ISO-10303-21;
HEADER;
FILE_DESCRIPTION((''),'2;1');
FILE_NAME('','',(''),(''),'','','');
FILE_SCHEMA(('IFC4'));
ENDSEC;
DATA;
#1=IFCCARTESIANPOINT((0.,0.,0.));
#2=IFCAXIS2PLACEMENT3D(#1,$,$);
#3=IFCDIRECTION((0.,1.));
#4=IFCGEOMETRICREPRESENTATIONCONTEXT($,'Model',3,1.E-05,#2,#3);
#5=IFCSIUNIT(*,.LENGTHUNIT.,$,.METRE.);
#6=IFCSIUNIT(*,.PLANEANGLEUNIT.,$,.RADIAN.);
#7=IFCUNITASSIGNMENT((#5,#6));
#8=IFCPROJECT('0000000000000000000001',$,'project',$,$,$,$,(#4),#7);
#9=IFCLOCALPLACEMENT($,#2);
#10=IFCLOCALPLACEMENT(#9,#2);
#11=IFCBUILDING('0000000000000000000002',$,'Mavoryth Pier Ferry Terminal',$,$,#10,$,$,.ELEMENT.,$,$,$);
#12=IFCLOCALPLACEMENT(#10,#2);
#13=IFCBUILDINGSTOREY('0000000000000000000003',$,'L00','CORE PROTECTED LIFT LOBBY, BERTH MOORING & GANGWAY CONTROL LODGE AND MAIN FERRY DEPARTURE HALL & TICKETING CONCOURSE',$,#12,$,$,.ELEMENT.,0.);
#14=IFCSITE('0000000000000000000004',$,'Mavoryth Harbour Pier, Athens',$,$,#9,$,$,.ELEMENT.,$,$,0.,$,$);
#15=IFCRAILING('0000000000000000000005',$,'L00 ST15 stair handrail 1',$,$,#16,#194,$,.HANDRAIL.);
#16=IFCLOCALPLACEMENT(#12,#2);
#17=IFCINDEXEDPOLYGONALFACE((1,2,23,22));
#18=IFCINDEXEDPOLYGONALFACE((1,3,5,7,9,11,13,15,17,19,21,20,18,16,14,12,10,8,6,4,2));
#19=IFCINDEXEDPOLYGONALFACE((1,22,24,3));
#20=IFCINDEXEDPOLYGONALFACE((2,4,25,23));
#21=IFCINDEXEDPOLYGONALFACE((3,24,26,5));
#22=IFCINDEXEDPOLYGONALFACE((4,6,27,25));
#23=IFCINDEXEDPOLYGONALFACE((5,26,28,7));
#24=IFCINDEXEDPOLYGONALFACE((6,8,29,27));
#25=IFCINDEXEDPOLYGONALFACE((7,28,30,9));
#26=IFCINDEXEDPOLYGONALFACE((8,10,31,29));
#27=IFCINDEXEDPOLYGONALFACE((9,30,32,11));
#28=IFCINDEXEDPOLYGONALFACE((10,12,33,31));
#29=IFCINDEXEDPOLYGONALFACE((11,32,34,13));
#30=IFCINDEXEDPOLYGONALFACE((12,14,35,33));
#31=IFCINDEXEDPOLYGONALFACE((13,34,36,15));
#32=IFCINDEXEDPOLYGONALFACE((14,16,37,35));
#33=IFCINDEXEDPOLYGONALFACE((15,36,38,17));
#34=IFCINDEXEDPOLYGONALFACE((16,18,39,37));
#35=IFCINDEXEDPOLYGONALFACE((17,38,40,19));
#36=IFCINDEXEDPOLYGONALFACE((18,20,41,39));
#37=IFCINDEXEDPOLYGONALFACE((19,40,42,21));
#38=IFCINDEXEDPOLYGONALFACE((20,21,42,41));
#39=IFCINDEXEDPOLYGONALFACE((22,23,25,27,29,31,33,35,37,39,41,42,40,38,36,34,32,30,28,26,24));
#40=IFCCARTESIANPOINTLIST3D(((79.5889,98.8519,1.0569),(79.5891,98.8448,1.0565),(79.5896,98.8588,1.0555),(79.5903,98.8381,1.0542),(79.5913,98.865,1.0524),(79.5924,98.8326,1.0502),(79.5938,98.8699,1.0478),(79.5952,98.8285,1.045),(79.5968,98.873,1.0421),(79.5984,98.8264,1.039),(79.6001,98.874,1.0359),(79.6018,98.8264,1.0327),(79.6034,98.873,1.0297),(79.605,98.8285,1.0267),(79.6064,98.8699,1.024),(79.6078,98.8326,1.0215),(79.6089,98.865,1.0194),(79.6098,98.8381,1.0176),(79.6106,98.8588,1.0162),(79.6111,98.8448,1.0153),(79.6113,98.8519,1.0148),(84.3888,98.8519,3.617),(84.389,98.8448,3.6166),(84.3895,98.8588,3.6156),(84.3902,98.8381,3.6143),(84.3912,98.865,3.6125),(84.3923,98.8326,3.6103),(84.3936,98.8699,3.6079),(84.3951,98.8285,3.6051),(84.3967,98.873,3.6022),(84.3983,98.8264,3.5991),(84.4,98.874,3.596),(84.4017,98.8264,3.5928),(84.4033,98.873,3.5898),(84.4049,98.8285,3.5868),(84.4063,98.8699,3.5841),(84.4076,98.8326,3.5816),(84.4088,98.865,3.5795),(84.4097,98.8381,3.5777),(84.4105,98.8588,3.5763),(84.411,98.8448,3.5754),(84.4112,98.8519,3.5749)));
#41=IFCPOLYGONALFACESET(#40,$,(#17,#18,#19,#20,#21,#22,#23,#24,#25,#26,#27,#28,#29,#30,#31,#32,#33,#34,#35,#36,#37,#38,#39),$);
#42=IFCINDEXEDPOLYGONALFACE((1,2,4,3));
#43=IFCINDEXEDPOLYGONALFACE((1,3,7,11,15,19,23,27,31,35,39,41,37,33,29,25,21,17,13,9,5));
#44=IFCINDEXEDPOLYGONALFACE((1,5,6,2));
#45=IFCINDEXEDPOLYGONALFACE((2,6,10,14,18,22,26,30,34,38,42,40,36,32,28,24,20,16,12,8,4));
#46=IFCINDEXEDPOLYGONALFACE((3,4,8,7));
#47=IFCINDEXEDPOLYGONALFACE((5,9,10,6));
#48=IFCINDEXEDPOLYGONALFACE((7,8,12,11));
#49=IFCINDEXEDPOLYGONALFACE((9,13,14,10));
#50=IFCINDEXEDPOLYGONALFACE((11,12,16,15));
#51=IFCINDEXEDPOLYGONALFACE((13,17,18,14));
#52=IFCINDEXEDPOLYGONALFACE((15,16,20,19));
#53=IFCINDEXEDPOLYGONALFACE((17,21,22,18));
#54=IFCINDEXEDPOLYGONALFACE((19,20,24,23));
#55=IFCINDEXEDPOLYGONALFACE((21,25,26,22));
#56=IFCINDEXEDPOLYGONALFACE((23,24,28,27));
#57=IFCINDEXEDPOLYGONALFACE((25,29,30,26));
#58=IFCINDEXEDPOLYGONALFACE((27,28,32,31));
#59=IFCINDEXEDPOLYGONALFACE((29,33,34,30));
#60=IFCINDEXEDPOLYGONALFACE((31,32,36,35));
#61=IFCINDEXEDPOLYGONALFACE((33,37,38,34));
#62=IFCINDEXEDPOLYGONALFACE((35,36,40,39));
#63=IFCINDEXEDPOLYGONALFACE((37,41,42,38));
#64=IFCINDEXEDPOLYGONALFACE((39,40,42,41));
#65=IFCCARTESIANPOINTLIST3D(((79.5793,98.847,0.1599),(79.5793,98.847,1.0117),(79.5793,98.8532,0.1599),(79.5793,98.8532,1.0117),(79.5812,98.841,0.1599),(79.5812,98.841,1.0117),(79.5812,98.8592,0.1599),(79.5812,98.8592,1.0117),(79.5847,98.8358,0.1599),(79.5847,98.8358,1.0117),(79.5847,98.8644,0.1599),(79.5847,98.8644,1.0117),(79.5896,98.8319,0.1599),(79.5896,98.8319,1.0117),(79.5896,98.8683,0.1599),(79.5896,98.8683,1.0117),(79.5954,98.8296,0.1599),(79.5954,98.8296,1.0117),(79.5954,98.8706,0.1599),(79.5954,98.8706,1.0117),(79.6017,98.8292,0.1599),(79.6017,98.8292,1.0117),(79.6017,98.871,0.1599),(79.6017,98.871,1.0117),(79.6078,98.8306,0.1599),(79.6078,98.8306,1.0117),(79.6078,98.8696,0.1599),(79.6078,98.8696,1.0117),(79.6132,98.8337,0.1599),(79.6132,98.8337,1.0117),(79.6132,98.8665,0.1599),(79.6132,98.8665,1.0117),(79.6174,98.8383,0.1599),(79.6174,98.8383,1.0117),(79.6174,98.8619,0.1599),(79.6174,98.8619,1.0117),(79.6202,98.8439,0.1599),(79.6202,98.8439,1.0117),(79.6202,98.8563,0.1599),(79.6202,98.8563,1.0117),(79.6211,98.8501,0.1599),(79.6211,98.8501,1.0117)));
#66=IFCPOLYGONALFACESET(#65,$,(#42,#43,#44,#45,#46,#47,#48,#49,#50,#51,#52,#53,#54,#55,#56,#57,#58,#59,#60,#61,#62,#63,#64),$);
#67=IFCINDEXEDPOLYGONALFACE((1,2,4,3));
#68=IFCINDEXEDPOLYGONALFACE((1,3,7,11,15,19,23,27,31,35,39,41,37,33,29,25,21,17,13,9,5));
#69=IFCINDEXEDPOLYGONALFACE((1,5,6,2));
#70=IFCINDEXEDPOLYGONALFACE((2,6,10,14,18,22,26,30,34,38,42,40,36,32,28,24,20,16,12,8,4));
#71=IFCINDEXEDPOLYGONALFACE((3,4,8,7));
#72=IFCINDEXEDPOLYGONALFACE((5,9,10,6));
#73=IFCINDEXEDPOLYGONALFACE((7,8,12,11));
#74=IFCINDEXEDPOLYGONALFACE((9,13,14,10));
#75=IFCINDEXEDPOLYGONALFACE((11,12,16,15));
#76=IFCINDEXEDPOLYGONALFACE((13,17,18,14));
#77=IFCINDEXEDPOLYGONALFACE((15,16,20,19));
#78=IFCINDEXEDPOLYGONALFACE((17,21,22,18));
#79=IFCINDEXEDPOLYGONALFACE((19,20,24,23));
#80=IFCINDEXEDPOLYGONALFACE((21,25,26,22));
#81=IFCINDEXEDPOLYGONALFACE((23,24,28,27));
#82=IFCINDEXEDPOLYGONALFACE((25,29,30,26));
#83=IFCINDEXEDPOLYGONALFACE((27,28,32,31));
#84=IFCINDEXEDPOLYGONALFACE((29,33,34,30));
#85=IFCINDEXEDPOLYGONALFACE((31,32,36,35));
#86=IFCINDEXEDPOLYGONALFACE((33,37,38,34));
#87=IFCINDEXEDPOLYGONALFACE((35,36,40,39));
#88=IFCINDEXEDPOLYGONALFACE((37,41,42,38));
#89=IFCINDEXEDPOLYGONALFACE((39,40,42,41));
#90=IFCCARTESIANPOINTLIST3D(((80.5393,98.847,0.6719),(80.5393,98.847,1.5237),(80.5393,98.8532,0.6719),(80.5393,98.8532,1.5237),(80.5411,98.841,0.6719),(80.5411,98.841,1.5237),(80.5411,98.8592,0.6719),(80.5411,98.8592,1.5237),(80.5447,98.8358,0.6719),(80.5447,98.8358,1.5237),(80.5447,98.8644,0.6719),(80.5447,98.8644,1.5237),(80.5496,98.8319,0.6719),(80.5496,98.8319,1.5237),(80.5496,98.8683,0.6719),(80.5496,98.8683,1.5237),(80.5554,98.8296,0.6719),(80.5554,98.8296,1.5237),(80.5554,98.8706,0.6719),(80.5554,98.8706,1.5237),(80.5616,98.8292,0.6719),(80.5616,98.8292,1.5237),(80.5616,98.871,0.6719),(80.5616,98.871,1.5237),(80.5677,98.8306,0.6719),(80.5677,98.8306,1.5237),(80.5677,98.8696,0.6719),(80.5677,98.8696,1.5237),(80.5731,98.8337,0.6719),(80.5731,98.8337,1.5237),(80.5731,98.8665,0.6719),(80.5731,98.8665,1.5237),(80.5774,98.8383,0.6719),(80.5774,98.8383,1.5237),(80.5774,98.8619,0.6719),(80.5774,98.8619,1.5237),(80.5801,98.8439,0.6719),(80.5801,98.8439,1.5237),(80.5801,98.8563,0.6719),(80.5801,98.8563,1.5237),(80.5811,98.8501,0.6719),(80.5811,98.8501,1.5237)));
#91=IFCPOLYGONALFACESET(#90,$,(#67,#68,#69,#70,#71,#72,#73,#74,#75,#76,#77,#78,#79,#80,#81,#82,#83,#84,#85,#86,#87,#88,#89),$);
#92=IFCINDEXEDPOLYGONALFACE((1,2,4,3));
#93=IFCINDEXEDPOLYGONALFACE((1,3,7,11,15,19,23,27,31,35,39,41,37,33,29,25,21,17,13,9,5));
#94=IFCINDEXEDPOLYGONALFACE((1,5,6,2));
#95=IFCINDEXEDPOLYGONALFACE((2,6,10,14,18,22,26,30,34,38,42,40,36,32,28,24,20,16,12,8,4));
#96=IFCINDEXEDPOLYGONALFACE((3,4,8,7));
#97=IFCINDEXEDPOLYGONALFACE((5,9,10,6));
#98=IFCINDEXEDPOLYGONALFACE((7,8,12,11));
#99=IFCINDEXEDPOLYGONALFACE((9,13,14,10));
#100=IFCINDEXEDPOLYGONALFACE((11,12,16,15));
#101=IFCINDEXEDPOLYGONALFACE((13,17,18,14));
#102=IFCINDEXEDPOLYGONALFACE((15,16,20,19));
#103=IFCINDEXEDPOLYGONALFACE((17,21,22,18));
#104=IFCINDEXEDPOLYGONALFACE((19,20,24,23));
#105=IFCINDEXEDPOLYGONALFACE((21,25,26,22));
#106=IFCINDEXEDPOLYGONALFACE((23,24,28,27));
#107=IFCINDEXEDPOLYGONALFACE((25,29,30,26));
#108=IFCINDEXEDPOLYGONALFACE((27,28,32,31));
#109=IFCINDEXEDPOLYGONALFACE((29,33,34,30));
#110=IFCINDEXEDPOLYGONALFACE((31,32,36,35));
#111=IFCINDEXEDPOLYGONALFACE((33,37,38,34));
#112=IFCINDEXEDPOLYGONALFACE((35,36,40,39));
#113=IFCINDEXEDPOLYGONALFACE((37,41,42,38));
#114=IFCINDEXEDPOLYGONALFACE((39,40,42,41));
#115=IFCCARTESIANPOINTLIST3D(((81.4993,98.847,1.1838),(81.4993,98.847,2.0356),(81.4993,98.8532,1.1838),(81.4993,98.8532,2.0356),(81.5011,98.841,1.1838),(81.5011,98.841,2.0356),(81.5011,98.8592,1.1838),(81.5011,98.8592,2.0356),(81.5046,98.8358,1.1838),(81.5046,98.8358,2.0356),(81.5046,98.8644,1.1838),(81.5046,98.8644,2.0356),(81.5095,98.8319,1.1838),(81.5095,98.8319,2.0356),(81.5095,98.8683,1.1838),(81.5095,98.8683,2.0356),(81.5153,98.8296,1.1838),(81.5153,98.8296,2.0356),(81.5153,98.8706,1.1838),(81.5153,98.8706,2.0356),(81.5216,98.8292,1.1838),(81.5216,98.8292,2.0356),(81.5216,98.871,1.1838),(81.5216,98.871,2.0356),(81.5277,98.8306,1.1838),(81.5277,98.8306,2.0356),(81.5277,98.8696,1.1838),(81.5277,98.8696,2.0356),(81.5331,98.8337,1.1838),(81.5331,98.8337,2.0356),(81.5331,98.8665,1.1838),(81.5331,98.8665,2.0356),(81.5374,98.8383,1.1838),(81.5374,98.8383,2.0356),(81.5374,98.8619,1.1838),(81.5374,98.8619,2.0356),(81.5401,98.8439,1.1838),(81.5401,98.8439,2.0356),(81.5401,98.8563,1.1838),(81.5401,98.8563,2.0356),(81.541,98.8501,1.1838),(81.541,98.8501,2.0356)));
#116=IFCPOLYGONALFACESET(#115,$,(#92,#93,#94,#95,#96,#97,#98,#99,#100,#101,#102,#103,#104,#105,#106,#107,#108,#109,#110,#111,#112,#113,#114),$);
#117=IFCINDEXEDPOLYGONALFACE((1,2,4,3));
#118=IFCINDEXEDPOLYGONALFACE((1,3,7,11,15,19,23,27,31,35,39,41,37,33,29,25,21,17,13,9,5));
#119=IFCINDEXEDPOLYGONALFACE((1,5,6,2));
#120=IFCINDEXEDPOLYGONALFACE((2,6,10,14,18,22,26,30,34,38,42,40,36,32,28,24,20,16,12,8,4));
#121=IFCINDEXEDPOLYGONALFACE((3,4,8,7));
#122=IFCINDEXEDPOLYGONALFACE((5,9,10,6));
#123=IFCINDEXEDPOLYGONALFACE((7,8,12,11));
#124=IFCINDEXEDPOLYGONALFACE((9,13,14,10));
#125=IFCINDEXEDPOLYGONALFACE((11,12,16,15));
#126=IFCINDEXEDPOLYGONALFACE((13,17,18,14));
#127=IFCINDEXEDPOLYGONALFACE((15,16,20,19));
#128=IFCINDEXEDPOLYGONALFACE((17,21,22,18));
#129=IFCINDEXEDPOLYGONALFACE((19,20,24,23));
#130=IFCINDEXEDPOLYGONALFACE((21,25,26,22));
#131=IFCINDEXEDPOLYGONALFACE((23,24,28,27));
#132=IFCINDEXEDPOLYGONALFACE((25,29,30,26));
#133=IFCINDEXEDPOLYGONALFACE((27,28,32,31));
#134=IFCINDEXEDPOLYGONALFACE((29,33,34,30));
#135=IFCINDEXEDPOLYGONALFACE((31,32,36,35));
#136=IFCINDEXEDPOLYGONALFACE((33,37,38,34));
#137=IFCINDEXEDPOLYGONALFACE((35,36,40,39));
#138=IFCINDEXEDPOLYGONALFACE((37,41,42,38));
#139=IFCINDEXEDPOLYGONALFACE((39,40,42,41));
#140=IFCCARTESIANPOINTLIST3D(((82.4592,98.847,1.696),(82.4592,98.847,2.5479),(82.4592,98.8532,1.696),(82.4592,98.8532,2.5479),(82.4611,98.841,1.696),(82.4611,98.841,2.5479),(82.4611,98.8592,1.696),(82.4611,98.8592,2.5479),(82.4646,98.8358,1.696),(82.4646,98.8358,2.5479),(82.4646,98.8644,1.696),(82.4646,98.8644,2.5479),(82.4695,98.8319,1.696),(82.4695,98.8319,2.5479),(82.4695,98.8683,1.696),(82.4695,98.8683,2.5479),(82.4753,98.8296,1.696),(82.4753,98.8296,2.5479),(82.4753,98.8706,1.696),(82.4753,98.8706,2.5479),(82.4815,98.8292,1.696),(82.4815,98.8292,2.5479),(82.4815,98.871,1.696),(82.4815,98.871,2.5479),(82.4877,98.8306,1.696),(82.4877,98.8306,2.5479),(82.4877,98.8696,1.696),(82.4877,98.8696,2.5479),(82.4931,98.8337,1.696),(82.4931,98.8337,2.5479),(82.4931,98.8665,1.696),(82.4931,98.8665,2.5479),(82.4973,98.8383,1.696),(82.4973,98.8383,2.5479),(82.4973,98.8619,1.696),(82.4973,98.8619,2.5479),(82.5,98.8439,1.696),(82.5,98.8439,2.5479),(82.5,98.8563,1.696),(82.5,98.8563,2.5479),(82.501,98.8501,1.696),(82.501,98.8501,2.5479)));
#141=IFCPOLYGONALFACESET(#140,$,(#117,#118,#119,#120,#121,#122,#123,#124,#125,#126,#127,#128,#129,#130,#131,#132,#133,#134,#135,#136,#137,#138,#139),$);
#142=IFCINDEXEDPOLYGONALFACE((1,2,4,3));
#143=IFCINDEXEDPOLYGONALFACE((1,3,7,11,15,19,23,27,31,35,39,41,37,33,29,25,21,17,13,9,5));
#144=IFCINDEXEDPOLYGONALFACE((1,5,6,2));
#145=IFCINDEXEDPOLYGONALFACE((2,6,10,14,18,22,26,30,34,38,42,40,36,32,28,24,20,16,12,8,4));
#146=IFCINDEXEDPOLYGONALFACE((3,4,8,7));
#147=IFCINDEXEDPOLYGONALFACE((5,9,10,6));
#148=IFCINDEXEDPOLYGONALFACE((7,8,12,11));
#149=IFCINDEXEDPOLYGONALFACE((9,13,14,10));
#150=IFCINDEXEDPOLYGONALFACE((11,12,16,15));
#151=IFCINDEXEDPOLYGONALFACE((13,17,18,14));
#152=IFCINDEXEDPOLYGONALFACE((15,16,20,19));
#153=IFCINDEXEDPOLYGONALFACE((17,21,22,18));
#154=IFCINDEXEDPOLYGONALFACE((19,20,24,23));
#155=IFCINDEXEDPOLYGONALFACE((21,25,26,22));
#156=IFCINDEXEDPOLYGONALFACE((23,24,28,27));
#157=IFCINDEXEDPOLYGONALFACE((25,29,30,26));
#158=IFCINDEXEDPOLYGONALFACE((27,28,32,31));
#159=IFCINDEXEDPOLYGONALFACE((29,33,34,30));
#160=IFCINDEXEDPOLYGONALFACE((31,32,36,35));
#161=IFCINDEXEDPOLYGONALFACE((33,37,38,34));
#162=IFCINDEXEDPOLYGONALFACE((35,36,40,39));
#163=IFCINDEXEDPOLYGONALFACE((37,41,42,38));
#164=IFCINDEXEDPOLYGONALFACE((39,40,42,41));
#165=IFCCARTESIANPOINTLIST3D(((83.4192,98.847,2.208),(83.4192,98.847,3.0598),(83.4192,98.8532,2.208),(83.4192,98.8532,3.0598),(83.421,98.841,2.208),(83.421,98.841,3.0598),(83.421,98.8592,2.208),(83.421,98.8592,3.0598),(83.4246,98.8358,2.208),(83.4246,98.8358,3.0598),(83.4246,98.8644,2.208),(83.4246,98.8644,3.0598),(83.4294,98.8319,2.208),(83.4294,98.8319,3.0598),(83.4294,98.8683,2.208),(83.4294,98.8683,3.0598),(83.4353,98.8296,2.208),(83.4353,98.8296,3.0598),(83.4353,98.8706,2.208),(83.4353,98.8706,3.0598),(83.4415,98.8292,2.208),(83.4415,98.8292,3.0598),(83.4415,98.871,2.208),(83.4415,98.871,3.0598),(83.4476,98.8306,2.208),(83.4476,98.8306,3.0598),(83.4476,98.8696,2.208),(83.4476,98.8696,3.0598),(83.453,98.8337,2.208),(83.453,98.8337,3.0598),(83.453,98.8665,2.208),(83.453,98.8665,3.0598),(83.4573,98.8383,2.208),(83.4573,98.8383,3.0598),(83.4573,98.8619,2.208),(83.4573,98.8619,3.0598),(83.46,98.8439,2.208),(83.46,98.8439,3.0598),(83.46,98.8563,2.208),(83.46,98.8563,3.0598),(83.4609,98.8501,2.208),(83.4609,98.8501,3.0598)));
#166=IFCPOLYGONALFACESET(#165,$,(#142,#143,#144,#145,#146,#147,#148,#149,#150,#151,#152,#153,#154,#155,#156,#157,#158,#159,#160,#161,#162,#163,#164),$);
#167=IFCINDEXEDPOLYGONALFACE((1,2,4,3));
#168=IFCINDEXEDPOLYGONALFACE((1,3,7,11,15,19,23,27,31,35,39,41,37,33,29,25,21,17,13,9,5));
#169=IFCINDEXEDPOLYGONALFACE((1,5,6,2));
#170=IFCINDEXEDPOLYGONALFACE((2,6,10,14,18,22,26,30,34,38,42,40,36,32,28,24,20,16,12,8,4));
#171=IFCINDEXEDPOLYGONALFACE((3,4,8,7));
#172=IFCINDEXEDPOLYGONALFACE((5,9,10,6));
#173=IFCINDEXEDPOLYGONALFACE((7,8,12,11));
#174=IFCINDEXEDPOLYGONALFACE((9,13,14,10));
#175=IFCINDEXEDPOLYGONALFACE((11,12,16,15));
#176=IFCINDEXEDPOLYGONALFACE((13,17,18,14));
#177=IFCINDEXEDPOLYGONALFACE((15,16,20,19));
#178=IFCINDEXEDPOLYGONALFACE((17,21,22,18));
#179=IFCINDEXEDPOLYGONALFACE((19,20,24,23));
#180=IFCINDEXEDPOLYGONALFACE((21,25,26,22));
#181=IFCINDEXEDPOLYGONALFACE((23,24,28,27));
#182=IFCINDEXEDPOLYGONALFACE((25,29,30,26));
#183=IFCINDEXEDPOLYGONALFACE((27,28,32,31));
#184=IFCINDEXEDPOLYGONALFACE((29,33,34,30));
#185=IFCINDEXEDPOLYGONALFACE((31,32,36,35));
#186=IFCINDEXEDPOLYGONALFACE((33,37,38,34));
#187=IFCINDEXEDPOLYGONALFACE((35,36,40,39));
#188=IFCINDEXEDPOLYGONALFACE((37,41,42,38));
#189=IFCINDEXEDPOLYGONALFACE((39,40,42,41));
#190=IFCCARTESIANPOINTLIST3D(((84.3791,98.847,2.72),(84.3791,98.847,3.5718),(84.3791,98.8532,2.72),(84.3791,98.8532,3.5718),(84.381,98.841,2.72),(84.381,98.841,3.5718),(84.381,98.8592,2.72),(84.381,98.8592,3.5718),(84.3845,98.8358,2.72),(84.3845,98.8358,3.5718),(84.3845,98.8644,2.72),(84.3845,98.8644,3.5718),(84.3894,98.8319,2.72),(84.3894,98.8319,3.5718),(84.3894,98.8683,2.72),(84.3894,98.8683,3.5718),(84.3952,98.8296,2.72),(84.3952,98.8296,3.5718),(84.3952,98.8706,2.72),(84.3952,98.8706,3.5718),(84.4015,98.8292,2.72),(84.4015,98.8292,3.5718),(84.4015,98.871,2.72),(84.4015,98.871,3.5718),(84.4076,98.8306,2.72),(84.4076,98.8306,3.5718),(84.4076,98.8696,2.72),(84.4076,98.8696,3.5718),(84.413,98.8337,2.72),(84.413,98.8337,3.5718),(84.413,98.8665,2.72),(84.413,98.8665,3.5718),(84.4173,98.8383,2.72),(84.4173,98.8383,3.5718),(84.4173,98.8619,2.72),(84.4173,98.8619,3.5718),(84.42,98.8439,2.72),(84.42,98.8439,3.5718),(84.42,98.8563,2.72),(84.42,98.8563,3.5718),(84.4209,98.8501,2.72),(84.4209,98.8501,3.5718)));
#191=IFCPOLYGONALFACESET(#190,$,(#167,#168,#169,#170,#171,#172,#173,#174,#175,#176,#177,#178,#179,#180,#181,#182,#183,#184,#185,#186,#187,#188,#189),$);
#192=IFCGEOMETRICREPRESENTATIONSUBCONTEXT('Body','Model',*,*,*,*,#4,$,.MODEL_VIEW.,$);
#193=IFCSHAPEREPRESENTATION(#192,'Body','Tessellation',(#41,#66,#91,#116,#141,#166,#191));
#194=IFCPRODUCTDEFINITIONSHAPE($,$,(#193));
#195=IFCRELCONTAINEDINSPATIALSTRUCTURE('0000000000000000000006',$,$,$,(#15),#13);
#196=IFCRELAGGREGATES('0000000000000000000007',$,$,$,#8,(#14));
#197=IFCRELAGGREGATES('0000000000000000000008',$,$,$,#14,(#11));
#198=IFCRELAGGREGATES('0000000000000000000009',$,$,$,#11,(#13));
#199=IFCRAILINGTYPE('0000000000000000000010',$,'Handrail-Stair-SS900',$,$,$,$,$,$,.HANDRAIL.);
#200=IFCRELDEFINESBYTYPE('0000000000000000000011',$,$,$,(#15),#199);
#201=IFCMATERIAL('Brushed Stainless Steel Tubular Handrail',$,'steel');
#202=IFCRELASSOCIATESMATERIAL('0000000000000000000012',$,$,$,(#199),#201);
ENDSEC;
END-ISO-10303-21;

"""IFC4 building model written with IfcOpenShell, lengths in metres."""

from ifc_helpers import new_model, si_unit, direction, frame, origin, origin_2d, place, context, subcontext, project, spatial, circle, extrude, material, type_object, element, save


model = new_model("IFC4")

# Units and contexts
model_context = context("Model", 3, precision=1e-05, world=origin(), true_north=direction((0.0, 1.0)))
body_context = subcontext(model_context, "Body", "Model", "MODEL_VIEW")
ifc_project = project(units=[si_unit("LENGTHUNIT", "METRE"), si_unit("PLANEANGLEUNIT", "RADIAN")], contexts=[model_context])

# Site, building, storey
site_placement = place(None, origin())
site = spatial("IfcSite", under=ifc_project, at=site_placement, Name="Mavoryth Harbour Pier, Athens", CompositionType="ELEMENT", RefElevation=0.0)
building_placement = place(site_placement, origin())
building = spatial("IfcBuilding", under=site, at=building_placement, Name="Mavoryth Pier Ferry Terminal", CompositionType="ELEMENT")
storey_placement = place(building_placement, origin())
storey = spatial("IfcBuildingStorey", under=building, at=storey_placement, Name="L00", Description="CORE PROTECTED LIFT LOBBY, BERTH MOORING & GANGWAY CONTROL LODGE AND MAIN FERRY DEPARTURE HALL & TICKETING CONCOURSE", CompositionType="ELEMENT", Elevation=0.0)

# Railing
ifc_material_1 = material(Name="Brushed Stainless Steel Tubular Handrail", Category="steel")
railing_type_1 = type_object("IfcRailingType", Name="Handrail-Stair-SS900", PredefinedType="HANDRAIL", material=ifc_material_1)
railing_1_placement = place(storey_placement, frame((79.6001, 98.8501, 0.1599)))
element("IfcRailing", 1, at=railing_1_placement, inside=storey, type_object=railing_type_1, Name="L00 ST15 stair handrail 1", PredefinedType="HANDRAIL", context=body_context, shape_type="SweptSolid", body=[
    extrude(circle(Radius=0.0239, at=origin_2d()), frame((0.0, 0.0, 0.876), z_axis=(0.882341, 0.0, 0.470612), x_axis=(0.0, 1.0, 0.0)), (0.0, 0.0, 1.0), 5.4399),
    extrude(circle(Radius=0.021, at=origin_2d()), origin(), (0.0, 0.0, 1.0), 0.8518),
    extrude(circle(Radius=0.021, at=origin_2d()), frame((0.96, 0.0, 0.512)), (0.0, 0.0, 1.0), 0.8518),
    extrude(circle(Radius=0.021, at=origin_2d()), frame((1.9199, 0.0, 1.0239)), (0.0, 0.0, 1.0), 0.8518),
    extrude(circle(Radius=0.021, at=origin_2d()), frame((2.8799, 0.0, 1.5361)), (0.0, 0.0, 1.0), 0.8518),
    extrude(circle(Radius=0.021, at=origin_2d()), frame((3.8398, 0.0, 2.0481)), (0.0, 0.0, 1.0), 0.8518),
    extrude(circle(Radius=0.021, at=origin_2d()), frame((4.7998, 0.0, 2.5601)), (0.0, 0.0, 1.0), 0.8518),
])

save(model, "model.ifc")
